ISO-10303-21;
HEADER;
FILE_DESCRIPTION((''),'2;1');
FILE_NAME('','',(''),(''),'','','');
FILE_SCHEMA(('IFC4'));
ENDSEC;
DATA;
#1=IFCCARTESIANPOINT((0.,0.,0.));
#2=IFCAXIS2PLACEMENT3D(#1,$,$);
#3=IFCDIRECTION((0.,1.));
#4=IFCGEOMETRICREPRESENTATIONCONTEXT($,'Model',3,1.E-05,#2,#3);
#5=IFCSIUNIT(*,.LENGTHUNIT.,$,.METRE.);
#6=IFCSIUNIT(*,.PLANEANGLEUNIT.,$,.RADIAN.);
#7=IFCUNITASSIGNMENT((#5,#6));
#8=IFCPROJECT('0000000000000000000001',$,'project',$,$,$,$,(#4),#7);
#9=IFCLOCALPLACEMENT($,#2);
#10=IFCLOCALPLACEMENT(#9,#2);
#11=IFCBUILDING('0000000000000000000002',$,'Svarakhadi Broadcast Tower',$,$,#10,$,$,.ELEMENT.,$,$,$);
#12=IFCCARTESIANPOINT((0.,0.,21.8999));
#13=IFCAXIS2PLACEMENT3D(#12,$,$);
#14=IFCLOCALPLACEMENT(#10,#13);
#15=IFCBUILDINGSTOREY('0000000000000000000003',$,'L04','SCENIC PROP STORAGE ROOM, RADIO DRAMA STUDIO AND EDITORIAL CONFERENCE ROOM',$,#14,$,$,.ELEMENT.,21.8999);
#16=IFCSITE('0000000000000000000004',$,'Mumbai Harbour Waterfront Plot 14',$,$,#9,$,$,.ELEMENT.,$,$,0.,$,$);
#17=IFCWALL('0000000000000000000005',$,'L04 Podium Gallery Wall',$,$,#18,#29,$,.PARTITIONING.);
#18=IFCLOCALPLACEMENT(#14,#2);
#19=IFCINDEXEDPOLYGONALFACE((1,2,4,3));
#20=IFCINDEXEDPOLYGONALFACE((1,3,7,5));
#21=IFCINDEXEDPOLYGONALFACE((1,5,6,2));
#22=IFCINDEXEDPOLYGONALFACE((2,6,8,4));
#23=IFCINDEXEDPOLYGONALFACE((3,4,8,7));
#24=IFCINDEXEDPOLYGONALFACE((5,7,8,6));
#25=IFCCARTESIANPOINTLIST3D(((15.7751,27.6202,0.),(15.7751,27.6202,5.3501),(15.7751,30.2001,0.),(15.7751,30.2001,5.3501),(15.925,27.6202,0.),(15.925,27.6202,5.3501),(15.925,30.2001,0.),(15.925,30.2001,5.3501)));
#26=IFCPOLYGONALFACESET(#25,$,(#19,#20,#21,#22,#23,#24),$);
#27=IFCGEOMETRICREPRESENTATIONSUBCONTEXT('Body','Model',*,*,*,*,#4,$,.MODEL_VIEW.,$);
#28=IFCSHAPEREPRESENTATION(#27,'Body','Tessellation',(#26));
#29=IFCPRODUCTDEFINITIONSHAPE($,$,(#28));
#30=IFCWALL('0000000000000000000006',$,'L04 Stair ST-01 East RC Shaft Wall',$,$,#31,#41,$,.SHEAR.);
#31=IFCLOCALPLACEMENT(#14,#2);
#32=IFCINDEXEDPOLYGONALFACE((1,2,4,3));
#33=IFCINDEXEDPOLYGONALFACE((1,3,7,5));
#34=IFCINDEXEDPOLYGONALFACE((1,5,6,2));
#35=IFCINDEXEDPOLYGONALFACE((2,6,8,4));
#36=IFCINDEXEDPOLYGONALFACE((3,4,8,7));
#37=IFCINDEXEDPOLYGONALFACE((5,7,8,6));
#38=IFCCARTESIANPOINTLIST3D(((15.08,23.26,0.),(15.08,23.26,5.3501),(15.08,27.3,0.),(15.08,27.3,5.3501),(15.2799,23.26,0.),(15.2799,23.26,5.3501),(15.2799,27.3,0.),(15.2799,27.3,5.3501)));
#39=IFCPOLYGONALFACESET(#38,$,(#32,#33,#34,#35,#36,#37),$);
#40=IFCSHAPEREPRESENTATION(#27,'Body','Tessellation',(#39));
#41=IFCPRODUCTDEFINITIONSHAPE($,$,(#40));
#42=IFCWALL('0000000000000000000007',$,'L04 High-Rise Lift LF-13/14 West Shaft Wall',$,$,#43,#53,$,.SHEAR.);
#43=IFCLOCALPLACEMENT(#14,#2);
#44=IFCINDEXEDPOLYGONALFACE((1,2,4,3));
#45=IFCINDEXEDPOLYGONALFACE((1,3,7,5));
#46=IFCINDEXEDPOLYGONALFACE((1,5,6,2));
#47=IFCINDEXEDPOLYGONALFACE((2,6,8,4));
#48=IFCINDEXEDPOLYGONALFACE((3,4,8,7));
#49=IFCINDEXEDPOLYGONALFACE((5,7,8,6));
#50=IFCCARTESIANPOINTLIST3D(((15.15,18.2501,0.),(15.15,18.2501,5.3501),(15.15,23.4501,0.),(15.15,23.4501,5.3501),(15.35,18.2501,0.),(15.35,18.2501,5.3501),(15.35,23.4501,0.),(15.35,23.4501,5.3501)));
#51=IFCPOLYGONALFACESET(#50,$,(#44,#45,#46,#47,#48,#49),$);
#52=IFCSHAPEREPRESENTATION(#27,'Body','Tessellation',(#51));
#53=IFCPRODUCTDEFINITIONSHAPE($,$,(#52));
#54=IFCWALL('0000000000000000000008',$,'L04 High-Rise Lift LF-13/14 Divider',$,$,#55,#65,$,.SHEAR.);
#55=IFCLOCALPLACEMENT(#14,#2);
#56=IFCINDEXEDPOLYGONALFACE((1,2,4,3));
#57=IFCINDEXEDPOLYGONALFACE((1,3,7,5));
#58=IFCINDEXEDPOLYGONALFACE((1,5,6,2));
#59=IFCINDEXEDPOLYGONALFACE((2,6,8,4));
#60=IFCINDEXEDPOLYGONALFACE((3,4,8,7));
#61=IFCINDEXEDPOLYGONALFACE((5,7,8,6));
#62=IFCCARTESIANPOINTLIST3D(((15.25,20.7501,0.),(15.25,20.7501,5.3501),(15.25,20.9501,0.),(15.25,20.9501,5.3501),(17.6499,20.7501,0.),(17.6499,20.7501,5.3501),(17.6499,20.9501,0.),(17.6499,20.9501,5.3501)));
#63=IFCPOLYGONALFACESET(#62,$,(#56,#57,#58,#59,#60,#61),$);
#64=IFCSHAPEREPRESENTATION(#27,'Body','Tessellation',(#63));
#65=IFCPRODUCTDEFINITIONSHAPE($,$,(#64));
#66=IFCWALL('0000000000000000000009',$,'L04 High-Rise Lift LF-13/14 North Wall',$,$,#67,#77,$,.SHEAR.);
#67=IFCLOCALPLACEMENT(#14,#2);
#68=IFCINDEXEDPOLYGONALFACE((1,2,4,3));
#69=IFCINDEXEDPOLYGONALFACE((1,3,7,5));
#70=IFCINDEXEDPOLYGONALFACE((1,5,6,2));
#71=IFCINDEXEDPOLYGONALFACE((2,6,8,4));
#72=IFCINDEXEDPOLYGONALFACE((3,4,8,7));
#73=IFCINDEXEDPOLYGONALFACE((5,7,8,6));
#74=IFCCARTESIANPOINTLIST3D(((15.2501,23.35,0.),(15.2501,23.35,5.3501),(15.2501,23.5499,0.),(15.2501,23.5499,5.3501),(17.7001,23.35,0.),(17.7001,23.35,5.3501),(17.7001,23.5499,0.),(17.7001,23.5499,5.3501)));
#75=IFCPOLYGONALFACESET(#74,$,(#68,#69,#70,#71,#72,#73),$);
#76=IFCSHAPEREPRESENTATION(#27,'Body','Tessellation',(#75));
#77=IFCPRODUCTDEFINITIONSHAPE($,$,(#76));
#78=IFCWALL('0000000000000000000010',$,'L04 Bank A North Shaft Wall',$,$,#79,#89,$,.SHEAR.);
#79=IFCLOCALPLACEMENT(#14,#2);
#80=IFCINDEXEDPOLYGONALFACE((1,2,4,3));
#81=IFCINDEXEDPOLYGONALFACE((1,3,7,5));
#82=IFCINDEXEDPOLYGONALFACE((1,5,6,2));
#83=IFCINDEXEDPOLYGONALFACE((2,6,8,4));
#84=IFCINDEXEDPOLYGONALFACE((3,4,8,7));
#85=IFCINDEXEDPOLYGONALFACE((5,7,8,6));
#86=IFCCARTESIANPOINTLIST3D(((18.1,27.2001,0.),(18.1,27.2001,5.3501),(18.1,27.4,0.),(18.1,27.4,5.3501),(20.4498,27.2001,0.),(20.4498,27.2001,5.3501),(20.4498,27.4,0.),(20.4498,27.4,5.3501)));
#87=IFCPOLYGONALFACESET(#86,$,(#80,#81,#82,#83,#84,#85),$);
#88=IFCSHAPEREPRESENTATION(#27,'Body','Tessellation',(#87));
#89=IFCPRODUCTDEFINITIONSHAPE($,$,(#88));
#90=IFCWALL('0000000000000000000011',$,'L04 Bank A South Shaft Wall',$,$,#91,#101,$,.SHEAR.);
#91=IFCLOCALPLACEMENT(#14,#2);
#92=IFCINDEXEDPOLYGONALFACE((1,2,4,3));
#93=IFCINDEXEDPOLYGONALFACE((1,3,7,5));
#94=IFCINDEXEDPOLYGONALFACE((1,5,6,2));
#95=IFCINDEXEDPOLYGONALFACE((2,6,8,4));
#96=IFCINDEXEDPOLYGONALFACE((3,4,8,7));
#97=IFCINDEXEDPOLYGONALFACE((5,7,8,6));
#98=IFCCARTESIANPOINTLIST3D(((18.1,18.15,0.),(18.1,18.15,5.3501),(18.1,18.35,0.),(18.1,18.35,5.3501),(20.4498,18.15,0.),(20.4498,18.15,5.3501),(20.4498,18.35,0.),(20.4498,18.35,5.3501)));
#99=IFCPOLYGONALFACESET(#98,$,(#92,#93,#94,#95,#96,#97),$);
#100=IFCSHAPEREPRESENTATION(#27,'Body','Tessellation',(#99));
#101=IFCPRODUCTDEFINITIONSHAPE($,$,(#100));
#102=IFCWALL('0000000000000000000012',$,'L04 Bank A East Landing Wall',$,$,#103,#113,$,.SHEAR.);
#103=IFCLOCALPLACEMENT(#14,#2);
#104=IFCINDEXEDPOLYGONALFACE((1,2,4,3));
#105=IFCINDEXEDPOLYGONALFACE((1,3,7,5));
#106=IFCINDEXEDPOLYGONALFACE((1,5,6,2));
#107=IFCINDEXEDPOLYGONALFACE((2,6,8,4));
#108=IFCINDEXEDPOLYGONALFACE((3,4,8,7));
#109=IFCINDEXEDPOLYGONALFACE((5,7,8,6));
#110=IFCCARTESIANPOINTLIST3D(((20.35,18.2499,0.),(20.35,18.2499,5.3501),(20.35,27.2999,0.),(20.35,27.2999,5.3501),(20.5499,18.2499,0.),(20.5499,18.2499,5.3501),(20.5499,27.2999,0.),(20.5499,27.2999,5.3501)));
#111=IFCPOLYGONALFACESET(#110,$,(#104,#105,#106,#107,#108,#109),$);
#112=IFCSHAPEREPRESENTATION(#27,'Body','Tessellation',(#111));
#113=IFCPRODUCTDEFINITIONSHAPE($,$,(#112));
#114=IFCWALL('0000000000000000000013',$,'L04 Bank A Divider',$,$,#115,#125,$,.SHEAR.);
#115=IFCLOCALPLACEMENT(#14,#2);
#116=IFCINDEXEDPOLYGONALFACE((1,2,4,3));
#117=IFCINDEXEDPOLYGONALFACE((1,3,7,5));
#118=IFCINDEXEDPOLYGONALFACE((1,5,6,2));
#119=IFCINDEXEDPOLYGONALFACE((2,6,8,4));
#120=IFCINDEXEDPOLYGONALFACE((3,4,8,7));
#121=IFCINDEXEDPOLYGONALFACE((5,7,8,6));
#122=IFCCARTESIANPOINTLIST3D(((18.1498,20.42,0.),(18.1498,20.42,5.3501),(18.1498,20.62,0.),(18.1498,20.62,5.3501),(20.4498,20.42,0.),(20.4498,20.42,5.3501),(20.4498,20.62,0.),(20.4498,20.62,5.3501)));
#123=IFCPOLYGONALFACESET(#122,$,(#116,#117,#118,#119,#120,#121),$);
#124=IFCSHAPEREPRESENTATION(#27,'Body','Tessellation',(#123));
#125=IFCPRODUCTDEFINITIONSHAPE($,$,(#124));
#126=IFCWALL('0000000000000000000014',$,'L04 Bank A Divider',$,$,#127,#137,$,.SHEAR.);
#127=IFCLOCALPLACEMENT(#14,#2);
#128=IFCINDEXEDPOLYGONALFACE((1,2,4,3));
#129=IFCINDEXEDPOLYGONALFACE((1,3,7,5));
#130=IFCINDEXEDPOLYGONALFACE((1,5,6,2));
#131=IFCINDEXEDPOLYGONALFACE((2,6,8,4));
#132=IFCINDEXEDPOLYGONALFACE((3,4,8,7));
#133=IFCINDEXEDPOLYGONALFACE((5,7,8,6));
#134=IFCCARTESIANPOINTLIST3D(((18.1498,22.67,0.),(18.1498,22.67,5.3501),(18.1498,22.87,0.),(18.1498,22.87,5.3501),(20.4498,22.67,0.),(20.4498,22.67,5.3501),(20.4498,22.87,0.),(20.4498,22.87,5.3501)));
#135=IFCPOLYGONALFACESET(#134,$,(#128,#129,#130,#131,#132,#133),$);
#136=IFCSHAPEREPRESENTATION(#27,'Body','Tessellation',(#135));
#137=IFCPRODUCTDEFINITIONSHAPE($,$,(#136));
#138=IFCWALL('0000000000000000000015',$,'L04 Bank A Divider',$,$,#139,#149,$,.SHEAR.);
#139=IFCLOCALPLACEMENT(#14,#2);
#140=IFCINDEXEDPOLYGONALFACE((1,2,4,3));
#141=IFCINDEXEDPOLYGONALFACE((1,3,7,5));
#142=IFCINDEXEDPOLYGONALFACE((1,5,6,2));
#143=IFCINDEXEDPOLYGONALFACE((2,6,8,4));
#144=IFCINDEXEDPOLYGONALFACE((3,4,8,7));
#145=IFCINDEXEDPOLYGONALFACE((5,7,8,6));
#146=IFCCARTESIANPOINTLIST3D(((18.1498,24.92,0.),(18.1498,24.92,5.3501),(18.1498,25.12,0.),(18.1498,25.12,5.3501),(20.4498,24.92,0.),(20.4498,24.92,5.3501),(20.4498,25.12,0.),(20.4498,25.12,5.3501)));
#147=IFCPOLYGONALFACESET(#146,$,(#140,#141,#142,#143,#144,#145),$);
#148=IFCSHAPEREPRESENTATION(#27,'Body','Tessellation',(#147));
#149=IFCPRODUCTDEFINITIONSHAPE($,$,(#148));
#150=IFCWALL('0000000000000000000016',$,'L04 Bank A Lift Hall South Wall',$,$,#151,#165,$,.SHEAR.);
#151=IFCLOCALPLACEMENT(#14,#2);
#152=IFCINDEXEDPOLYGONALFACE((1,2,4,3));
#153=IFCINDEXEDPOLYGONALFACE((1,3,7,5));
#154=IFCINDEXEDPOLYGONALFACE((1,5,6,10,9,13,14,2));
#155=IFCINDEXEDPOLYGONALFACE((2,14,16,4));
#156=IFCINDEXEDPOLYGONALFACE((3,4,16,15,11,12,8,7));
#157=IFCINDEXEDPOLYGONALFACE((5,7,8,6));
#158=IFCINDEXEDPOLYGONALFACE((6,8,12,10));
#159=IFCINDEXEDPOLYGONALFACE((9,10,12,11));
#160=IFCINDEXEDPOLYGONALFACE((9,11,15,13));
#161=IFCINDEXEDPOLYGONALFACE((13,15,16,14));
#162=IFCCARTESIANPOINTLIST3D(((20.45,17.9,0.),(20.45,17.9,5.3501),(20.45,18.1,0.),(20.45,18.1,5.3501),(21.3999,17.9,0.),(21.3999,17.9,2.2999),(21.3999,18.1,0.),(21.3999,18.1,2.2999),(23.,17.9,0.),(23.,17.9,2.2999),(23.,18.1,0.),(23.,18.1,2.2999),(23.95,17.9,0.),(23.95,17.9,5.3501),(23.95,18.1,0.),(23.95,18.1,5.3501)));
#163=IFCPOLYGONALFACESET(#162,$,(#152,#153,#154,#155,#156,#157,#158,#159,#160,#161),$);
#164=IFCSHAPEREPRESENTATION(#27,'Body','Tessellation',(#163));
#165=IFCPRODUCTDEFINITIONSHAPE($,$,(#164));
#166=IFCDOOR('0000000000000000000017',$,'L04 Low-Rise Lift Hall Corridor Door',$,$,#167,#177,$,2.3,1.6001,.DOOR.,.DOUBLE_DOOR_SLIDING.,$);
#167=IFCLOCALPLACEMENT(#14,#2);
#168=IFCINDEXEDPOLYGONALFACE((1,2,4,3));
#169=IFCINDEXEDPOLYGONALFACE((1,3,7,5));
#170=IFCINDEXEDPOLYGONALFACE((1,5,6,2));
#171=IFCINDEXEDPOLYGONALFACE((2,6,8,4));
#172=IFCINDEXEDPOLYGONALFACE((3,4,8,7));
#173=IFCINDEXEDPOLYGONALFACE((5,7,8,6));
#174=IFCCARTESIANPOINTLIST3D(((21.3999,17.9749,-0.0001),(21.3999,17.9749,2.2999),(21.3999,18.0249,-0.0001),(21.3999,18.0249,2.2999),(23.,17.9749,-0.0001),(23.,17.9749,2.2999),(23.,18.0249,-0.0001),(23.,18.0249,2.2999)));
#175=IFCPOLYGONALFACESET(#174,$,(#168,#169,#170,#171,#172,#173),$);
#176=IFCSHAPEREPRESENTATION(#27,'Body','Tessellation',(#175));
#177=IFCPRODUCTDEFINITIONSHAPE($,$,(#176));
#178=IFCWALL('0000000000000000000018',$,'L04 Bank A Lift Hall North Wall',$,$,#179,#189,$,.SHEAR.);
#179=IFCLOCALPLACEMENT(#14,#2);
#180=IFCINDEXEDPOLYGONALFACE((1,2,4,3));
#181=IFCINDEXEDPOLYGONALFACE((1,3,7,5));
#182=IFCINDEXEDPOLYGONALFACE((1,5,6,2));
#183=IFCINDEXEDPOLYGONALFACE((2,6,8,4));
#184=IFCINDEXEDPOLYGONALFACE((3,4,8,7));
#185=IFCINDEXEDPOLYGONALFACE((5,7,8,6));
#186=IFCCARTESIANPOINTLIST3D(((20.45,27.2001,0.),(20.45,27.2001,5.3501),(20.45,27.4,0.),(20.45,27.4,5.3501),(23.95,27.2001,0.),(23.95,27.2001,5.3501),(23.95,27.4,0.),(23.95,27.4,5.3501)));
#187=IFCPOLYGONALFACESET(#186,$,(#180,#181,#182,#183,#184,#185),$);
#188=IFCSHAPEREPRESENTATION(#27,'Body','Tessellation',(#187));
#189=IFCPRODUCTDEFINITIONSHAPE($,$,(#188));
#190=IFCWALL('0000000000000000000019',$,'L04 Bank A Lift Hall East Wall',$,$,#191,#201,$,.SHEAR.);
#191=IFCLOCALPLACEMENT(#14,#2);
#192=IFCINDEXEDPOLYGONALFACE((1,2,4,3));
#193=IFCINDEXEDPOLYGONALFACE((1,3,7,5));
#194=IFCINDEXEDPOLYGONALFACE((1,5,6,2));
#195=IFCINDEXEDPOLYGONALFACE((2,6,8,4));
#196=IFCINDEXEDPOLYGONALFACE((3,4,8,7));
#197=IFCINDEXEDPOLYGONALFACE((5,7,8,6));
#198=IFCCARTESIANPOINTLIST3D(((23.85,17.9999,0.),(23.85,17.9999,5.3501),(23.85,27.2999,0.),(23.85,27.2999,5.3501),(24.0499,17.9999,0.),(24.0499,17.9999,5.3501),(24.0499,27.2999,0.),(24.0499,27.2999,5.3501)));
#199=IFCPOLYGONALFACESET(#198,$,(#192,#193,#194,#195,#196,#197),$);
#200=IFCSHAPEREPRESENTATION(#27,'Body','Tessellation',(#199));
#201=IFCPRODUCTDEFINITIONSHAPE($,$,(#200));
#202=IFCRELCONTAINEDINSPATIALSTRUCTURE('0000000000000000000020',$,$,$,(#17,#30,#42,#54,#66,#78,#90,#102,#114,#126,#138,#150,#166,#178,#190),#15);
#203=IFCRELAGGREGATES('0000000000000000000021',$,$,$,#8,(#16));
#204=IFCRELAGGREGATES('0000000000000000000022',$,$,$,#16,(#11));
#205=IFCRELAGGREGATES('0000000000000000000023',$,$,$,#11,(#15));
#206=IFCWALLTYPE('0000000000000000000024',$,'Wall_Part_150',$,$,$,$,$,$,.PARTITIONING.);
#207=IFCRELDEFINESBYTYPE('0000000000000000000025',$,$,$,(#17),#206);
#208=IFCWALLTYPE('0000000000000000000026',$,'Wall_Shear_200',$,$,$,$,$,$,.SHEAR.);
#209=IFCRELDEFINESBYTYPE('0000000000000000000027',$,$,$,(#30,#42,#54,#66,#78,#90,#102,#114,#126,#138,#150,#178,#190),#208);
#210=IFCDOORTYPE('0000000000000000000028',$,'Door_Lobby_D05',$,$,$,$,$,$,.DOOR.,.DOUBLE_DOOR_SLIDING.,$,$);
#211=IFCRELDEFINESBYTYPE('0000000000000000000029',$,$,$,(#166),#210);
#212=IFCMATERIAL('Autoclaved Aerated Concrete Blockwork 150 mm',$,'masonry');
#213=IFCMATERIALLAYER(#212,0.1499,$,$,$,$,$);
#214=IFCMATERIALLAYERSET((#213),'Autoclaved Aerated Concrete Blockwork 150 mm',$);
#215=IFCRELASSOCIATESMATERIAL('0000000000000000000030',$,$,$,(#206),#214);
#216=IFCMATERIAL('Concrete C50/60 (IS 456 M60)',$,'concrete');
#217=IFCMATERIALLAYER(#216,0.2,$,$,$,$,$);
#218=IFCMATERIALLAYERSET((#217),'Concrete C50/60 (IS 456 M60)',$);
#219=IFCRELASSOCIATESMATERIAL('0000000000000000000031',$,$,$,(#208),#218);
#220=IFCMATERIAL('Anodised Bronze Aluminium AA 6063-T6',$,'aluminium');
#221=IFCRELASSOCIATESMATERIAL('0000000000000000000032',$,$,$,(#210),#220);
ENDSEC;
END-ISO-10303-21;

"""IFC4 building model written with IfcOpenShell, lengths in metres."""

from ifc_helpers import new_model, si_unit, direction, frame, frame_2d, origin, place, context, subcontext, project, spatial, rectangle, extrude, material, layer, layer_set, type_object, element, fill, save


model = new_model("IFC4")

# Units and contexts
model_context = context("Model", 3, precision=1e-05, world=origin(), true_north=direction((0.0, 1.0)))
body_context = subcontext(model_context, "Body", "Model", "MODEL_VIEW")
ifc_project = project(units=[si_unit("LENGTHUNIT", "METRE"), si_unit("PLANEANGLEUNIT", "RADIAN")], contexts=[model_context])

# Site, building, storey
site_placement = place(None, origin())
site = spatial("IfcSite", under=ifc_project, at=site_placement, Name="Mumbai Harbour Waterfront Plot 14", CompositionType="ELEMENT", RefElevation=0.0)
building_placement = place(site_placement, origin())
building = spatial("IfcBuilding", under=site, at=building_placement, Name="Svarakhadi Broadcast Tower", CompositionType="ELEMENT")
storey_placement = place(building_placement, frame((0.0, 0.0, 21.8999)))
storey = spatial("IfcBuildingStorey", under=building, at=storey_placement, Name="L04", Description="SCENIC PROP STORAGE ROOM, RADIO DRAMA STUDIO AND EDITORIAL CONFERENCE ROOM", CompositionType="ELEMENT", Elevation=21.8999)

# Walls
ifc_material_1 = material(Name="Autoclaved Aerated Concrete Blockwork 150 mm", Category="masonry")
ifc_layer_1 = layer(ifc_material_1, 0.1499)
ifc_layer_set_1 = layer_set([ifc_layer_1], Name="Autoclaved Aerated Concrete Blockwork 150 mm")
wall_type_1 = type_object("IfcWallType", Name="Wall_Part_150", PredefinedType="PARTITIONING", material=ifc_layer_set_1)
wall_1_placement = place(storey_placement, frame((15.8501, 27.6201, 0.0), z_axis=(0.0, 0.0, 1.0), x_axis=(0.0, 1.0, 0.0)))
element("IfcWall", 1, at=wall_1_placement, inside=storey, type_object=wall_type_1, Name="L04 Podium Gallery Wall", PredefinedType="PARTITIONING", context=body_context, shape_type="SweptSolid", body=[
    extrude(rectangle(XDim=2.5798, YDim=0.1499, at=frame_2d((1.29, 0.0))), origin(), (0.0, 0.0, 1.0), 5.3501),
])
ifc_material_2 = material(Name="Concrete C50/60 (IS 456 M60)", Category="concrete")
ifc_layer_2 = layer(ifc_material_2, 0.2)
ifc_layer_set_2 = layer_set([ifc_layer_2], Name="Concrete C50/60 (IS 456 M60)")
wall_type_2 = type_object("IfcWallType", Name="Wall_Shear_200", PredefinedType="SHEAR", material=ifc_layer_set_2)
wall_2_placement = place(storey_placement, frame((15.1799, 23.26, 0.0), z_axis=(0.0, 0.0, 1.0), x_axis=(0.0, 1.0, 0.0)))
element("IfcWall", 2, at=wall_2_placement, inside=storey, type_object=wall_type_2, Name="L04 Stair ST-01 East RC Shaft Wall", PredefinedType="SHEAR", context=body_context, shape_type="SweptSolid", body=[
    extrude(rectangle(XDim=4.04, YDim=0.2, at=frame_2d((2.02, 0.0))), origin(), (0.0, 0.0, 1.0), 5.3501),
])
wall_3_placement = place(storey_placement, frame((15.25, 18.25, 0.0), z_axis=(0.0, 0.0, 1.0), x_axis=(0.0, 1.0, 0.0)))
element("IfcWall", 3, at=wall_3_placement, inside=storey, type_object=wall_type_2, Name="L04 High-Rise Lift LF-13/14 West Shaft Wall", PredefinedType="SHEAR", context=body_context, shape_type="SweptSolid", body=[
    extrude(rectangle(XDim=5.2, YDim=0.2, at=frame_2d((2.6001, 0.0))), origin(), (0.0, 0.0, 1.0), 5.3501),
])
wall_4_placement = place(storey_placement, frame((15.25, 20.8501, 0.0), z_axis=(0.0, 0.0, 1.0), x_axis=(1.0, 0.0, 0.0)))
element("IfcWall", 4, at=wall_4_placement, inside=storey, type_object=wall_type_2, Name="L04 High-Rise Lift LF-13/14 Divider", PredefinedType="SHEAR", context=body_context, shape_type="SweptSolid", body=[
    extrude(rectangle(XDim=2.3999, YDim=0.2, at=frame_2d((1.2, 0.0))), origin(), (0.0, 0.0, 1.0), 5.3501),
])
wall_5_placement = place(storey_placement, frame((15.25, 23.45, 0.0), z_axis=(0.0, 0.0, 1.0), x_axis=(1.0, 0.0, 0.0)))
element("IfcWall", 5, at=wall_5_placement, inside=storey, type_object=wall_type_2, Name="L04 High-Rise Lift LF-13/14 North Wall", PredefinedType="SHEAR", context=body_context, shape_type="SweptSolid", body=[
    extrude(rectangle(XDim=2.45, YDim=0.2, at=frame_2d((1.2251, 0.0))), origin(), (0.0, 0.0, 1.0), 5.3501),
])
for number, where, z_axis, x_axis, name in (
    (6, (18.1001, 27.3, 0.0), (0.0, 0.0, 1.0), (1.0, 0.0, 0.0), "L04 Bank A North Shaft Wall"),
    (7, (18.1001, 18.25, 0.0), (0.0, 0.0, 1.0), (1.0, 0.0, 0.0), "L04 Bank A South Shaft Wall"),
):
    element("IfcWall", number, at=place(storey_placement, frame(where, z_axis=z_axis, x_axis=x_axis)), inside=storey, type_object=wall_type_2, Name=name, PredefinedType="SHEAR", context=body_context, shape_type="SweptSolid", body=[
        extrude(rectangle(XDim=2.3499, YDim=0.2, at=frame_2d((1.1748, 0.0))), origin(), (0.0, 0.0, 1.0), 5.3501),
    ])
wall_6_placement = place(storey_placement, frame((20.45, 18.25, 0.0), z_axis=(0.0, 0.0, 1.0), x_axis=(0.0, 1.0, 0.0)))
element("IfcWall", 8, at=wall_6_placement, inside=storey, type_object=wall_type_2, Name="L04 Bank A East Landing Wall", PredefinedType="SHEAR", context=body_context, shape_type="SweptSolid", body=[
    extrude(rectangle(XDim=9.05, YDim=0.2, at=frame_2d((4.5249, 0.0))), origin(), (0.0, 0.0, 1.0), 5.3501),
])
for number, where, z_axis, x_axis, name in (
    (9, (18.1499, 20.52, 0.0), (0.0, 0.0, 1.0), (1.0, 0.0, 0.0), "L04 Bank A Divider"),
    (10, (18.1499, 22.77, 0.0), (0.0, 0.0, 1.0), (1.0, 0.0, 0.0), "L04 Bank A Divider"),
    (11, (18.1499, 25.02, 0.0), (0.0, 0.0, 1.0), (1.0, 0.0, 0.0), "L04 Bank A Divider"),
):
    element("IfcWall", number, at=place(storey_placement, frame(where, z_axis=z_axis, x_axis=x_axis)), inside=storey, type_object=wall_type_2, Name=name, PredefinedType="SHEAR", context=body_context, shape_type="SweptSolid", body=[
        extrude(rectangle(XDim=2.3, YDim=0.2, at=frame_2d((1.1499, 0.0))), origin(), (0.0, 0.0, 1.0), 5.3501),
    ])

# Wall, opening, door
wall_7_placement = place(storey_placement, frame((20.45, 18.0, 0.0), z_axis=(0.0, 0.0, 1.0), x_axis=(1.0, 0.0, 0.0)))
wall_7 = element("IfcWall", 12, at=wall_7_placement, inside=storey, type_object=wall_type_2, Name="L04 Bank A Lift Hall South Wall", PredefinedType="SHEAR", context=body_context, shape_type="SweptSolid", body=[
    extrude(rectangle(XDim=3.5, YDim=0.2, at=frame_2d((1.75, 0.0))), origin(), (0.0, 0.0, 1.0), 5.3501),
])
opening_placement = place(wall_7_placement, frame((0.95, 0.0, 0.0)))
opening = element("IfcOpeningElement", 13, at=opening_placement, cuts=wall_7, PredefinedType="OPENING", context=body_context, shape_type="SweptSolid", body=[
    extrude(rectangle(XDim=1.6001, YDim=2.3, at=frame_2d((0.8, 1.1499))), frame((0.0, 0.1099, 0.0), z_axis=(0.0, -1.0, 0.0), x_axis=(1.0, 0.0, 0.0)), (0.0, 0.0, 1.0), 0.22),
])
ifc_material_3 = material(Name="Anodised Bronze Aluminium AA 6063-T6", Category="aluminium")
door_type = type_object("IfcDoorType", Name="Door_Lobby_D05", OperationType="DOUBLE_DOOR_SLIDING", PredefinedType="DOOR", material=ifc_material_3)
door_placement = place(opening_placement, origin())
door = element("IfcDoor", 14, at=door_placement, inside=storey, type_object=door_type, Name="L04 Low-Rise Lift Hall Corridor Door", OperationType="DOUBLE_DOOR_SLIDING", OverallHeight=2.3, OverallWidth=1.6001, PredefinedType="DOOR", context=body_context, shape_type="SweptSolid", body=[
    extrude(rectangle(XDim=1.6001, YDim=2.3, at=frame_2d((0.8, 1.1499))), frame((0.0, 0.0249, 0.0), z_axis=(0.0, -1.0, 0.0), x_axis=(1.0, 0.0, 0.0)), (0.0, 0.0, 1.0), 0.05),
])
fill(opening, door)

# Walls
wall_8_placement = place(storey_placement, frame((20.45, 27.3, 0.0), z_axis=(0.0, 0.0, 1.0), x_axis=(1.0, 0.0, 0.0)))
element("IfcWall", 15, at=wall_8_placement, inside=storey, type_object=wall_type_2, Name="L04 Bank A Lift Hall North Wall", PredefinedType="SHEAR", context=body_context, shape_type="SweptSolid", body=[
    extrude(rectangle(XDim=3.5, YDim=0.2, at=frame_2d((1.75, 0.0))), origin(), (0.0, 0.0, 1.0), 5.3501),
])
wall_9_placement = place(storey_placement, frame((23.95, 18.0, 0.0), z_axis=(0.0, 0.0, 1.0), x_axis=(0.0, 1.0, 0.0)))
element("IfcWall", 16, at=wall_9_placement, inside=storey, type_object=wall_type_2, Name="L04 Bank A Lift Hall East Wall", PredefinedType="SHEAR", context=body_context, shape_type="SweptSolid", body=[
    extrude(rectangle(XDim=9.3, YDim=0.2, at=frame_2d((4.6499, 0.0))), origin(), (0.0, 0.0, 1.0), 5.3501),
])

save(model, "model.ifc")
